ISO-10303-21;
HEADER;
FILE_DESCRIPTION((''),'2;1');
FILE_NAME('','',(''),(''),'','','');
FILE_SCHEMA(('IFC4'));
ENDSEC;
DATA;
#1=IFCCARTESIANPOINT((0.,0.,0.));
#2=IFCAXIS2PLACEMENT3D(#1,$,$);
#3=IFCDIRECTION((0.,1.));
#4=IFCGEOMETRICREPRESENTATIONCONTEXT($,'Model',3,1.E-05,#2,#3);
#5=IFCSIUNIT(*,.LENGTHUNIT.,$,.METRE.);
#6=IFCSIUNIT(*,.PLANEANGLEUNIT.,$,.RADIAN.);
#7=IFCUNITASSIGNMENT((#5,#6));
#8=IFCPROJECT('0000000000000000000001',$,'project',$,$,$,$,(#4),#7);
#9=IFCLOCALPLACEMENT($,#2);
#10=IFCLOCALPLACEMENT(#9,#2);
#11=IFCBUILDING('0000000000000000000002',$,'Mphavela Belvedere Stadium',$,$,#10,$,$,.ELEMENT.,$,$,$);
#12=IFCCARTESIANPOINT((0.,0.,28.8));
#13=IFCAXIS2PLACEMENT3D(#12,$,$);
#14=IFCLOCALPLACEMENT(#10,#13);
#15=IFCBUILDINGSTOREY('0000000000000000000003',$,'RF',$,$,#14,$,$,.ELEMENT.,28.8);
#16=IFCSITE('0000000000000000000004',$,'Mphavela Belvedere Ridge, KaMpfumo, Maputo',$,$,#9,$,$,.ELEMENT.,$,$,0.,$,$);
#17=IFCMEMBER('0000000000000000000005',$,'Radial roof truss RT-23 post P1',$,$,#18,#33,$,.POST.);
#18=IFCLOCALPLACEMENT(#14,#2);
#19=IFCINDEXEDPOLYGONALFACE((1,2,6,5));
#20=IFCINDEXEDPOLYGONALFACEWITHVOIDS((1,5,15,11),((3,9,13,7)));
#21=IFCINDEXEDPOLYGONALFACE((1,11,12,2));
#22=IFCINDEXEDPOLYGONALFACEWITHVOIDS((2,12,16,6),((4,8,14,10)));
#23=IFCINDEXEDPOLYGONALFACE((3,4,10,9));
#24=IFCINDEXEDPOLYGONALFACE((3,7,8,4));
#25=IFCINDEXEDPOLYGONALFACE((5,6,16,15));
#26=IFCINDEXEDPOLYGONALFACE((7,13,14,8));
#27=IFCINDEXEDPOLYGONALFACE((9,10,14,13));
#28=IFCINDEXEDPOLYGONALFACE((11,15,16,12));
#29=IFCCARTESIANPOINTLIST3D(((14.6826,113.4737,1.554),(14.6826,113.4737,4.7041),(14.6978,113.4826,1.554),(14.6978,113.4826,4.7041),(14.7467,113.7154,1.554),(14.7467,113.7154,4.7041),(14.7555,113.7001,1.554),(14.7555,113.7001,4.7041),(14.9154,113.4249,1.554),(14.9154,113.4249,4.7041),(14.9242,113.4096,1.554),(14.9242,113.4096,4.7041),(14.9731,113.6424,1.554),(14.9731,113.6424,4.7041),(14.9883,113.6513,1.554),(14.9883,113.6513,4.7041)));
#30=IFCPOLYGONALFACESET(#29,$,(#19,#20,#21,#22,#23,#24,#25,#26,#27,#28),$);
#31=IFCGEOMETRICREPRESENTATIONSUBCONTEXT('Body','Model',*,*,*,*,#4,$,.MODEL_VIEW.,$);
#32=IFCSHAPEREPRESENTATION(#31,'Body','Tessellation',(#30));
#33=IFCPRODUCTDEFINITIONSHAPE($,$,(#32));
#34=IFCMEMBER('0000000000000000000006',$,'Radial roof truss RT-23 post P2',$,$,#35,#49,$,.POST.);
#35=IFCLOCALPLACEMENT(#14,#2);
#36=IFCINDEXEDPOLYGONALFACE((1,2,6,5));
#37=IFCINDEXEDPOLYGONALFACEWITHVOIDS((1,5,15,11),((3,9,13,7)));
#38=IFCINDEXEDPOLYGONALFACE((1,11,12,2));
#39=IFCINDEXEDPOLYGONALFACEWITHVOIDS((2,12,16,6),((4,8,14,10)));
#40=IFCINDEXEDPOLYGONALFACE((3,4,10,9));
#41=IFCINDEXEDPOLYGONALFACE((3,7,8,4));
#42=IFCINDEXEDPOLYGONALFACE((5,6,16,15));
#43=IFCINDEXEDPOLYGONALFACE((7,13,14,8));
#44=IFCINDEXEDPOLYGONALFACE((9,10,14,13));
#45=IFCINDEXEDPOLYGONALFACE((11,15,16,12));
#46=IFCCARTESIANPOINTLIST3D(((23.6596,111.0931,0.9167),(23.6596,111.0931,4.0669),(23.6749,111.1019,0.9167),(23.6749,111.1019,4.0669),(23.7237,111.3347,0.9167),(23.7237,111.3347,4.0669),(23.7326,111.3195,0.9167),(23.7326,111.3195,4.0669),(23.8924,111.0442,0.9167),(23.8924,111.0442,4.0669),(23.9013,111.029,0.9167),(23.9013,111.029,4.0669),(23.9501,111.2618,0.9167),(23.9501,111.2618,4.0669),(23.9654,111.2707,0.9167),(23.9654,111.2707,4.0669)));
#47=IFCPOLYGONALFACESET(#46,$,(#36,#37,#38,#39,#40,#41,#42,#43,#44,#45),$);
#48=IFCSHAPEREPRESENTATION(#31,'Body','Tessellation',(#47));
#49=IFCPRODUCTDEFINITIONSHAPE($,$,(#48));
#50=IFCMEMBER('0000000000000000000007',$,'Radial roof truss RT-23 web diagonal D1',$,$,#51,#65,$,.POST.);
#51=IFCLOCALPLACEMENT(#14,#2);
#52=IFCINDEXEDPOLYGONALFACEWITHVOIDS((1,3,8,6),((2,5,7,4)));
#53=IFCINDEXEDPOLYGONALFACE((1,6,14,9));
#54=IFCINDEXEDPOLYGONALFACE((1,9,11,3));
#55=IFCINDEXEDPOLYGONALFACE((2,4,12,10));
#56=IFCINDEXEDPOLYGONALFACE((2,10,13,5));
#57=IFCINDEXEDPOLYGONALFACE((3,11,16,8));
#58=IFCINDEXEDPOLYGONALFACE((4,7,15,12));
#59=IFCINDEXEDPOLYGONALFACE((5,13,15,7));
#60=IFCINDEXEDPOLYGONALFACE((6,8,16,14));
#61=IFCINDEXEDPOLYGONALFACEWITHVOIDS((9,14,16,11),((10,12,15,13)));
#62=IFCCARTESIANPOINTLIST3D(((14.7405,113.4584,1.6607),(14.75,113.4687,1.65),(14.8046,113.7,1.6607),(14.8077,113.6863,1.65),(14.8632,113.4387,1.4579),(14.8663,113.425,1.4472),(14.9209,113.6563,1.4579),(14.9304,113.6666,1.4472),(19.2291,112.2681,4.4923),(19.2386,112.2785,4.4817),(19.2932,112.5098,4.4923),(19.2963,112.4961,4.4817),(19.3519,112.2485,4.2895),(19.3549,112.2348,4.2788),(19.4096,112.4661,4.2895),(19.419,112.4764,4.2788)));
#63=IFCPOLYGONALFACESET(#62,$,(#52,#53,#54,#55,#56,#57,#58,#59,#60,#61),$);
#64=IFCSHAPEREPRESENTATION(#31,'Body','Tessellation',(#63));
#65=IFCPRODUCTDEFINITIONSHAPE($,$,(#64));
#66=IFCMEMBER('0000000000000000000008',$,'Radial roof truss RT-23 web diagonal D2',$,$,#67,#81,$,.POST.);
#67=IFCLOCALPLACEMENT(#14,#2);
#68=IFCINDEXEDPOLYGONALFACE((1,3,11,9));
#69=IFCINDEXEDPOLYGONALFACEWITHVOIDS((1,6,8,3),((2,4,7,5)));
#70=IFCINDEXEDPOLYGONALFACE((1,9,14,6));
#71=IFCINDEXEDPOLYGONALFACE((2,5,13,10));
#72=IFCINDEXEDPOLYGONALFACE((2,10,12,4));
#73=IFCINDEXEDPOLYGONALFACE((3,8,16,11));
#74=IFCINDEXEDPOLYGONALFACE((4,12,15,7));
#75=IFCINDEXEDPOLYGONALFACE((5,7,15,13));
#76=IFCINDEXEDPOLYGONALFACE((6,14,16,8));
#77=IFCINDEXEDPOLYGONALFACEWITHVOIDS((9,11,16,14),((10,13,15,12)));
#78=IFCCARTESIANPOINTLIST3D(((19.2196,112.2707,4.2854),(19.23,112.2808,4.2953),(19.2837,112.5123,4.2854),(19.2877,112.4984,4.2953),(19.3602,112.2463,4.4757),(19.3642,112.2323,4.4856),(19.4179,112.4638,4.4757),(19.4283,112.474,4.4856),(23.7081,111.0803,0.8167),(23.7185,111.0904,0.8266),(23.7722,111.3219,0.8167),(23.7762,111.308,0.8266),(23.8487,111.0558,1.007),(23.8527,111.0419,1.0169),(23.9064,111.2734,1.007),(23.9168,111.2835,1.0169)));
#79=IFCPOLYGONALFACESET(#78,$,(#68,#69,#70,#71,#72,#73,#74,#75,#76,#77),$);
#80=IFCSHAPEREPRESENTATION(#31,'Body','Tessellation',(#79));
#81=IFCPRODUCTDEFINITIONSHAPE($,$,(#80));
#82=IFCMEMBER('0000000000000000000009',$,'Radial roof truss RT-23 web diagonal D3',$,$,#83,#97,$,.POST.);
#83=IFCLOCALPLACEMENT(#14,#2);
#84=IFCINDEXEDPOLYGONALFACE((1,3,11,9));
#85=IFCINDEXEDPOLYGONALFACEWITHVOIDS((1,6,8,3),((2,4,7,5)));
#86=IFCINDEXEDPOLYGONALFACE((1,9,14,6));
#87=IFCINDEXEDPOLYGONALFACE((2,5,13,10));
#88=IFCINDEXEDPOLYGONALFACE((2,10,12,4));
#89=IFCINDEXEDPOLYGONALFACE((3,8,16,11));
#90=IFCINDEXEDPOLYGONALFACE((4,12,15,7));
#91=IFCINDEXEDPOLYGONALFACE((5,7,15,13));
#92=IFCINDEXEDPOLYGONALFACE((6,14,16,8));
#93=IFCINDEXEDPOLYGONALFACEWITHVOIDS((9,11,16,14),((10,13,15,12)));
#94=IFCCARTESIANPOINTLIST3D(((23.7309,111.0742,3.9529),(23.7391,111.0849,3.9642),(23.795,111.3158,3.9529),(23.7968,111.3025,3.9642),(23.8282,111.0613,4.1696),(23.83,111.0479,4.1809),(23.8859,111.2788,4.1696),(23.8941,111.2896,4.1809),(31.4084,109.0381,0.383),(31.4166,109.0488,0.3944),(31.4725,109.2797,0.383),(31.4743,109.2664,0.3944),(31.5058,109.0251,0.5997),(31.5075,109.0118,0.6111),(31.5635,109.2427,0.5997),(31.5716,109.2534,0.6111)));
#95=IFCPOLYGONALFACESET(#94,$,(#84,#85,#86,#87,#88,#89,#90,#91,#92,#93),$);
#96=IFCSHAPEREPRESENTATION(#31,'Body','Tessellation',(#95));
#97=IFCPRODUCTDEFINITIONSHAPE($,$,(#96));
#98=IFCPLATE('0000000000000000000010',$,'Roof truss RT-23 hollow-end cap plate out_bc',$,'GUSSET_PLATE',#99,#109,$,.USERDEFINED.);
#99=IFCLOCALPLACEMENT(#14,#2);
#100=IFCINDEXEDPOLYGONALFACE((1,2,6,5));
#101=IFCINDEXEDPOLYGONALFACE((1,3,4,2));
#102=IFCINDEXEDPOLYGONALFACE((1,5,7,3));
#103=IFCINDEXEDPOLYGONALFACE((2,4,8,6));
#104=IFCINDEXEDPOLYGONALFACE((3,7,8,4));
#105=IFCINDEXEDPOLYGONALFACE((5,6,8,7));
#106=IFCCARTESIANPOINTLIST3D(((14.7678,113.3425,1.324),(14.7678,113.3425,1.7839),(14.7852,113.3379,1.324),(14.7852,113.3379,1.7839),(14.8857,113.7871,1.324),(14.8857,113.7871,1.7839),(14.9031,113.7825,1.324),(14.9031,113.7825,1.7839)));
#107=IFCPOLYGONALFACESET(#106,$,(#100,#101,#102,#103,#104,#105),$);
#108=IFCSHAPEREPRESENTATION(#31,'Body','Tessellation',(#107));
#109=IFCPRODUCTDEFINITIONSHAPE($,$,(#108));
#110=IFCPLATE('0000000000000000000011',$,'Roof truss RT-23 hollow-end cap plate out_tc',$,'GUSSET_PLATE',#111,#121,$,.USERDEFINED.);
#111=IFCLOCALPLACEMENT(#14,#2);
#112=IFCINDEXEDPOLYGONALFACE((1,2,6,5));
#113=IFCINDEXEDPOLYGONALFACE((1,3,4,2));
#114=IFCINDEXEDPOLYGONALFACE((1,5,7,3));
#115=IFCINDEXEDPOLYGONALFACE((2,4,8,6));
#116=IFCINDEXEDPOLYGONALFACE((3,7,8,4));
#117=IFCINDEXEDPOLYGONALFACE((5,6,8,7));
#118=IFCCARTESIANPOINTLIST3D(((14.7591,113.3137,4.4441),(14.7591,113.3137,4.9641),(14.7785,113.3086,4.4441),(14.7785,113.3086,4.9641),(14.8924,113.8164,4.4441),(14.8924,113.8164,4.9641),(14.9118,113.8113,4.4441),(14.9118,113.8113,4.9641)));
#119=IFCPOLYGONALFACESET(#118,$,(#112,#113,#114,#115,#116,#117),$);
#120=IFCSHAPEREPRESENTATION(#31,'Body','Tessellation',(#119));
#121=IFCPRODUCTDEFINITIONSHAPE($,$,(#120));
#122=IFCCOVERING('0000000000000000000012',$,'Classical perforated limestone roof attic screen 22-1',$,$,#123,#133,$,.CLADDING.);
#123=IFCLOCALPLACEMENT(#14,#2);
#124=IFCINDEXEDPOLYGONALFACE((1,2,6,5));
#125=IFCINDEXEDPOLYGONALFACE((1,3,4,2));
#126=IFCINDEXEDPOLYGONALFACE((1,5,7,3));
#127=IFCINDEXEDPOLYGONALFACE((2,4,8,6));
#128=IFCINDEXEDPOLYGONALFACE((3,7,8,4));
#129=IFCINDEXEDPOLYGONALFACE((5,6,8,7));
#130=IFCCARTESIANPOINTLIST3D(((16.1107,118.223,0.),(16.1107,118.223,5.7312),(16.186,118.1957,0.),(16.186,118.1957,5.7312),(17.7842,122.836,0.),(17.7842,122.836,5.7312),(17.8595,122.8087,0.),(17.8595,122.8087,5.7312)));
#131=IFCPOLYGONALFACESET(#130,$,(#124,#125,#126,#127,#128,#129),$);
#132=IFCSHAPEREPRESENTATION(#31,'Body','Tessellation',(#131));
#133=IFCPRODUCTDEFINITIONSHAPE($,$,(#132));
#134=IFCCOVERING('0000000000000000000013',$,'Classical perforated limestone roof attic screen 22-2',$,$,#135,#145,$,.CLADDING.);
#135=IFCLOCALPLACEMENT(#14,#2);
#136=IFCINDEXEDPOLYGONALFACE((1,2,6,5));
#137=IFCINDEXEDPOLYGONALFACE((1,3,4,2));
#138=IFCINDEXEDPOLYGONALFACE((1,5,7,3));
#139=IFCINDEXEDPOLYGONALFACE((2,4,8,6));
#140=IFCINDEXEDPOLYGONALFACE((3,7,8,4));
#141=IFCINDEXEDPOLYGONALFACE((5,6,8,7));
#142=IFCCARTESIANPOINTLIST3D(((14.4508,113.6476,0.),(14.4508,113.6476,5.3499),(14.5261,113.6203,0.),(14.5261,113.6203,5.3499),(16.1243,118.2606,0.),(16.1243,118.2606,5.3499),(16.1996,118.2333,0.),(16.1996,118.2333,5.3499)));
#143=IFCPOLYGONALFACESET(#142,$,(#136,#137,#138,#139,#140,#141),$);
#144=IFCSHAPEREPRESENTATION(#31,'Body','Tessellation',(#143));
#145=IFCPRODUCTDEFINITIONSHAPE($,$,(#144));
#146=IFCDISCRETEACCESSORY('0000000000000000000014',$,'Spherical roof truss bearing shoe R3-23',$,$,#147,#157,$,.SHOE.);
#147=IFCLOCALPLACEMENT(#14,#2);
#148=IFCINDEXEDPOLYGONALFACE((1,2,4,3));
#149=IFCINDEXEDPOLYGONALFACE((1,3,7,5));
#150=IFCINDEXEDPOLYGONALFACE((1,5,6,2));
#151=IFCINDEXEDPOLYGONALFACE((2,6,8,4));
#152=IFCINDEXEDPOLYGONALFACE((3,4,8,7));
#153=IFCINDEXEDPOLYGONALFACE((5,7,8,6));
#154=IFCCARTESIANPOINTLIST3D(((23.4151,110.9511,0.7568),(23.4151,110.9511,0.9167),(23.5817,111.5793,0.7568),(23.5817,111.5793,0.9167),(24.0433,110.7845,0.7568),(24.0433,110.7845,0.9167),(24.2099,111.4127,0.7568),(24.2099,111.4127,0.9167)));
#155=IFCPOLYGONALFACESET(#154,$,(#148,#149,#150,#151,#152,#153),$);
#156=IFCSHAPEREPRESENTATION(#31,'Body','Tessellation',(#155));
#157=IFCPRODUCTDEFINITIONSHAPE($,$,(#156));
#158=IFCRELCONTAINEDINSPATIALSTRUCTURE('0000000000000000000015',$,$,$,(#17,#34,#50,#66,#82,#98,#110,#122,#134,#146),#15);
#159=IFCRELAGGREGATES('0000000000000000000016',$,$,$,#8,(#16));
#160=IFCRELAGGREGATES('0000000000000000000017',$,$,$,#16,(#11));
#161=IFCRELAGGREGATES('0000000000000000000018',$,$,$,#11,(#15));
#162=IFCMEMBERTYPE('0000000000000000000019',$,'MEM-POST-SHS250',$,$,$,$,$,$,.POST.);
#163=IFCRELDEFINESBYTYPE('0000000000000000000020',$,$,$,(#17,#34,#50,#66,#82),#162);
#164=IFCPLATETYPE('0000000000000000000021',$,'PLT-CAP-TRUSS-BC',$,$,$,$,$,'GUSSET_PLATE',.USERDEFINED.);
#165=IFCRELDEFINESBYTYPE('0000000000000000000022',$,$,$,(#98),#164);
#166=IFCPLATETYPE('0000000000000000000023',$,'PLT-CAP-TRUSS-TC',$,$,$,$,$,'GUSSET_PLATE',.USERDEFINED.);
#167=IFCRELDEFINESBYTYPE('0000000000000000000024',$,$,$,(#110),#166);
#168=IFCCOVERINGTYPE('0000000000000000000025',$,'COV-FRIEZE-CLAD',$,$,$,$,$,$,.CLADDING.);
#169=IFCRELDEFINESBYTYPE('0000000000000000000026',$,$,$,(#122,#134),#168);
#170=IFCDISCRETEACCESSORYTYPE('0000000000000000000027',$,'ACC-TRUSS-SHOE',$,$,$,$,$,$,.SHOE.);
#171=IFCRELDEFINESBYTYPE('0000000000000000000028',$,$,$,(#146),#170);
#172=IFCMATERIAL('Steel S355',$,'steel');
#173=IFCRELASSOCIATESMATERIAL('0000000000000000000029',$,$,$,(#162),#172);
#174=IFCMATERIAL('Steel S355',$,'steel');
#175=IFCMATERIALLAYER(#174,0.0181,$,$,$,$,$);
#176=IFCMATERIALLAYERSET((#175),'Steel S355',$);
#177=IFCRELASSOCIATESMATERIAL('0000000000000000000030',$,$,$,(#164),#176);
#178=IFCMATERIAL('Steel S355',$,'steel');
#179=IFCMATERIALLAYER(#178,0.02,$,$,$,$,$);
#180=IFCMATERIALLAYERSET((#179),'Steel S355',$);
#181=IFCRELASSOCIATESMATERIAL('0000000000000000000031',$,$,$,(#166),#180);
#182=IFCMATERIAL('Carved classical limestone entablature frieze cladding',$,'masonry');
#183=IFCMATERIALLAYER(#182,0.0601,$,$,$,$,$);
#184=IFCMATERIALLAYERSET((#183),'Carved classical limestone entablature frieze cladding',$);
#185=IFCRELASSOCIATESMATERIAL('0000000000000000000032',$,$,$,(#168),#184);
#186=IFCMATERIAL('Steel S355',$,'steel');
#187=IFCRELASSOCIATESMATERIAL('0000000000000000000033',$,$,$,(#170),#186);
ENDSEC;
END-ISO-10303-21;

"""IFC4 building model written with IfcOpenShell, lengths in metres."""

from ifc_helpers import new_model, si_unit, direction, frame, origin, origin_2d, place, context, subcontext, project, spatial, rectangle, hollow_rectangle, extrude, material, layer, layer_set, material_profile, profile_set, type_object, element, save


model = new_model("IFC4")

# Units and contexts
model_context = context("Model", 3, precision=1e-05, world=origin(), true_north=direction((0.0, 1.0)))
body_context = subcontext(model_context, "Body", "Model", "MODEL_VIEW")
ifc_project = project(units=[si_unit("LENGTHUNIT", "METRE"), si_unit("PLANEANGLEUNIT", "RADIAN")], contexts=[model_context])

# Site, building, storey
site_placement = place(None, origin())
site = spatial("IfcSite", under=ifc_project, at=site_placement, Name="Mphavela Belvedere Ridge, KaMpfumo, Maputo", CompositionType="ELEMENT", RefElevation=0.0)
building_placement = place(site_placement, origin())
building = spatial("IfcBuilding", under=site, at=building_placement, Name="Mphavela Belvedere Stadium", CompositionType="ELEMENT")
storey_placement = place(building_placement, frame((0.0, 0.0, 28.8)))
storey = spatial("IfcBuildingStorey", under=building, at=storey_placement, Name="RF", CompositionType="ELEMENT", Elevation=28.8)

# Members
ifc_material_1 = material(Name="Steel S355", Category="steel")
ifc_material_profile_1 = material_profile(ifc_material_1, hollow_rectangle(XDim=0.25, YDim=0.25, WallThickness=0.0125, at=origin_2d()), Name="SHS 250x250x12.5")
ifc_profile_set_1 = profile_set([ifc_material_profile_1], Name="Steel S355")
member_type = type_object("IfcMemberType", Name="MEM-POST-SHS250", PredefinedType="POST", material=ifc_profile_set_1)
for number, where, z_axis, x_axis, name in (
    (1, (14.8354, 113.5625, 1.554), (0.0, 0.0, 1.0), (-0.9666, 0.256289, 0.0), "Radial roof truss RT-23 post P1"),
    (2, (23.8125, 111.1819, 0.9167), (0.0, 0.0, 1.0), (-0.9666, 0.256289, 0.0), "Radial roof truss RT-23 post P2"),
):
    element("IfcMember", number, at=place(storey_placement, frame(where, z_axis=z_axis, x_axis=x_axis)), inside=storey, type_object=member_type, Name=name, PredefinedType="POST", context=body_context, shape_type="SweptSolid", body=[
        extrude(hollow_rectangle(XDim=0.25, YDim=0.25, WallThickness=0.0125, at=origin_2d()), origin(), (0.0, 0.0, 1.0), 3.1501),
    ])
member_1_placement = place(storey_placement, frame((14.8354, 113.5625, 1.554), z_axis=(0.825272, -0.218831, 0.520615), x_axis=(0.256304, 0.966596, 0.0)))
element("IfcMember", 3, at=member_1_placement, inside=storey, type_object=member_type, Name="Radial roof truss RT-23 web diagonal D1", PredefinedType="POST", context=body_context, shape_type="SweptSolid", body=[
    extrude(hollow_rectangle(XDim=0.25, YDim=0.25, WallThickness=0.0125, at=origin_2d()), origin(), (0.0, 0.0, 1.0), 5.439),
])
member_2_placement = place(storey_placement, frame((19.324, 112.3723, 4.3855), z_axis=(0.774388, -0.20538, -0.59845), x_axis=(0.256354, 0.966583, 0.0)))
element("IfcMember", 4, at=member_2_placement, inside=storey, type_object=member_type, Name="Radial roof truss RT-23 web diagonal D2", PredefinedType="POST", context=body_context, shape_type="SweptSolid", body=[
    extrude(hollow_rectangle(XDim=0.25, YDim=0.25, WallThickness=0.0125, at=origin_2d()), origin(), (0.0, 0.0, 1.0), 5.7961),
])
member_3_placement = place(storey_placement, frame((23.8125, 111.1819, 4.0669), z_axis=(0.881636, -0.233817, -0.409937), x_axis=(0.256346, 0.966585, 0.0)))
element("IfcMember", 5, at=member_3_placement, inside=storey, type_object=member_type, Name="Radial roof truss RT-23 web diagonal D3", PredefinedType="POST", context=body_context, shape_type="SweptSolid", body=[
    extrude(hollow_rectangle(XDim=0.25, YDim=0.25, WallThickness=0.0125, at=origin_2d()), origin(), (0.0, 0.0, 1.0), 8.7083),
])

# Plates
ifc_material_2 = material(Name="Steel S355", Category="steel")
ifc_layer_1 = layer(ifc_material_2, 0.0181)
ifc_layer_set_1 = layer_set([ifc_layer_1], Name="Steel S355")
plate_type_1 = type_object("IfcPlateType", Name="PLT-CAP-TRUSS-BC", ElementType="GUSSET_PLATE", PredefinedType="USERDEFINED", material=ifc_layer_set_1)
plate_1_placement = place(storey_placement, frame((14.8354, 113.5625, 1.324), z_axis=(0.0, 0.0, 1.0), x_axis=(-0.9666, 0.256289, 0.0)))
element("IfcPlate", 6, at=plate_1_placement, inside=storey, type_object=plate_type_1, Name="Roof truss RT-23 hollow-end cap plate out_bc", ObjectType="GUSSET_PLATE", PredefinedType="USERDEFINED", context=body_context, shape_type="SweptSolid", body=[
    extrude(rectangle(XDim=0.0181, YDim=0.46, at=origin_2d()), origin(), (0.0, 0.0, 1.0), 0.46),
])
ifc_material_3 = material(Name="Steel S355", Category="steel")
ifc_layer_2 = layer(ifc_material_3, 0.02)
ifc_layer_set_2 = layer_set([ifc_layer_2], Name="Steel S355")
plate_type_2 = type_object("IfcPlateType", Name="PLT-CAP-TRUSS-TC", ElementType="GUSSET_PLATE", PredefinedType="USERDEFINED", material=ifc_layer_set_2)
plate_2_placement = place(storey_placement, frame((14.8354, 113.5625, 4.4441), z_axis=(0.0, 0.0, 1.0), x_axis=(-0.9666, 0.256289, 0.0)))
element("IfcPlate", 7, at=plate_2_placement, inside=storey, type_object=plate_type_2, Name="Roof truss RT-23 hollow-end cap plate out_tc", ObjectType="GUSSET_PLATE", PredefinedType="USERDEFINED", context=body_context, shape_type="SweptSolid", body=[
    extrude(rectangle(XDim=0.02, YDim=0.52, at=origin_2d()), origin(), (0.0, 0.0, 1.0), 0.52),
])

# Coverings
ifc_material_4 = material(Name="Carved classical limestone entablature frieze cladding", Category="masonry")
ifc_layer_3 = layer(ifc_material_4, 0.0601)
ifc_layer_set_3 = layer_set([ifc_layer_3], Name="Carved classical limestone entablature frieze cladding")
covering_type = type_object("IfcCoveringType", Name="COV-FRIEZE-CLAD", PredefinedType="CLADDING", material=ifc_layer_set_3)
covering_1_placement = place(storey_placement, frame((16.9851, 120.5159, 0.0), z_axis=(0.0, 0.0, 1.0), x_axis=(-0.341036, -0.94005, 0.0)))
element("IfcCovering", 8, at=covering_1_placement, inside=storey, type_object=covering_type, Name="Classical perforated limestone roof attic screen 22-1", PredefinedType="CLADDING", context=body_context, shape_type="SweptSolid", body=[
    extrude(rectangle(XDim=4.9072, YDim=0.0801, at=origin_2d()), origin(), (0.0, 0.0, 1.0), 5.7312),
])
covering_2_placement = place(storey_placement, frame((15.3252, 115.9404, 0.0), z_axis=(0.0, 0.0, 1.0), x_axis=(-0.341036, -0.94005, 0.0)))
element("IfcCovering", 9, at=covering_2_placement, inside=storey, type_object=covering_type, Name="Classical perforated limestone roof attic screen 22-2", PredefinedType="CLADDING", context=body_context, shape_type="SweptSolid", body=[
    extrude(rectangle(XDim=4.9072, YDim=0.0801, at=origin_2d()), origin(), (0.0, 0.0, 1.0), 5.3499),
])

# Discrete accessory
ifc_material_5 = material(Name="Steel S355", Category="steel")
discrete_accessory_type = type_object("IfcDiscreteAccessoryType", Name="ACC-TRUSS-SHOE", PredefinedType="SHOE", material=ifc_material_5)
discrete_accessory_placement = place(storey_placement, frame((23.8125, 111.1819, 0.7568), z_axis=(0.0, 0.0, 1.0), x_axis=(-0.9666, 0.256289, 0.0)))
element("IfcDiscreteAccessory", 10, at=discrete_accessory_placement, inside=storey, type_object=discrete_accessory_type, Name="Spherical roof truss bearing shoe R3-23", PredefinedType="SHOE", context=body_context, shape_type="SweptSolid", body=[
    extrude(rectangle(XDim=0.6499, YDim=0.6499, at=origin_2d()), origin(), (0.0, 0.0, 1.0), 0.1599),
])

save(model, "model.ifc")
